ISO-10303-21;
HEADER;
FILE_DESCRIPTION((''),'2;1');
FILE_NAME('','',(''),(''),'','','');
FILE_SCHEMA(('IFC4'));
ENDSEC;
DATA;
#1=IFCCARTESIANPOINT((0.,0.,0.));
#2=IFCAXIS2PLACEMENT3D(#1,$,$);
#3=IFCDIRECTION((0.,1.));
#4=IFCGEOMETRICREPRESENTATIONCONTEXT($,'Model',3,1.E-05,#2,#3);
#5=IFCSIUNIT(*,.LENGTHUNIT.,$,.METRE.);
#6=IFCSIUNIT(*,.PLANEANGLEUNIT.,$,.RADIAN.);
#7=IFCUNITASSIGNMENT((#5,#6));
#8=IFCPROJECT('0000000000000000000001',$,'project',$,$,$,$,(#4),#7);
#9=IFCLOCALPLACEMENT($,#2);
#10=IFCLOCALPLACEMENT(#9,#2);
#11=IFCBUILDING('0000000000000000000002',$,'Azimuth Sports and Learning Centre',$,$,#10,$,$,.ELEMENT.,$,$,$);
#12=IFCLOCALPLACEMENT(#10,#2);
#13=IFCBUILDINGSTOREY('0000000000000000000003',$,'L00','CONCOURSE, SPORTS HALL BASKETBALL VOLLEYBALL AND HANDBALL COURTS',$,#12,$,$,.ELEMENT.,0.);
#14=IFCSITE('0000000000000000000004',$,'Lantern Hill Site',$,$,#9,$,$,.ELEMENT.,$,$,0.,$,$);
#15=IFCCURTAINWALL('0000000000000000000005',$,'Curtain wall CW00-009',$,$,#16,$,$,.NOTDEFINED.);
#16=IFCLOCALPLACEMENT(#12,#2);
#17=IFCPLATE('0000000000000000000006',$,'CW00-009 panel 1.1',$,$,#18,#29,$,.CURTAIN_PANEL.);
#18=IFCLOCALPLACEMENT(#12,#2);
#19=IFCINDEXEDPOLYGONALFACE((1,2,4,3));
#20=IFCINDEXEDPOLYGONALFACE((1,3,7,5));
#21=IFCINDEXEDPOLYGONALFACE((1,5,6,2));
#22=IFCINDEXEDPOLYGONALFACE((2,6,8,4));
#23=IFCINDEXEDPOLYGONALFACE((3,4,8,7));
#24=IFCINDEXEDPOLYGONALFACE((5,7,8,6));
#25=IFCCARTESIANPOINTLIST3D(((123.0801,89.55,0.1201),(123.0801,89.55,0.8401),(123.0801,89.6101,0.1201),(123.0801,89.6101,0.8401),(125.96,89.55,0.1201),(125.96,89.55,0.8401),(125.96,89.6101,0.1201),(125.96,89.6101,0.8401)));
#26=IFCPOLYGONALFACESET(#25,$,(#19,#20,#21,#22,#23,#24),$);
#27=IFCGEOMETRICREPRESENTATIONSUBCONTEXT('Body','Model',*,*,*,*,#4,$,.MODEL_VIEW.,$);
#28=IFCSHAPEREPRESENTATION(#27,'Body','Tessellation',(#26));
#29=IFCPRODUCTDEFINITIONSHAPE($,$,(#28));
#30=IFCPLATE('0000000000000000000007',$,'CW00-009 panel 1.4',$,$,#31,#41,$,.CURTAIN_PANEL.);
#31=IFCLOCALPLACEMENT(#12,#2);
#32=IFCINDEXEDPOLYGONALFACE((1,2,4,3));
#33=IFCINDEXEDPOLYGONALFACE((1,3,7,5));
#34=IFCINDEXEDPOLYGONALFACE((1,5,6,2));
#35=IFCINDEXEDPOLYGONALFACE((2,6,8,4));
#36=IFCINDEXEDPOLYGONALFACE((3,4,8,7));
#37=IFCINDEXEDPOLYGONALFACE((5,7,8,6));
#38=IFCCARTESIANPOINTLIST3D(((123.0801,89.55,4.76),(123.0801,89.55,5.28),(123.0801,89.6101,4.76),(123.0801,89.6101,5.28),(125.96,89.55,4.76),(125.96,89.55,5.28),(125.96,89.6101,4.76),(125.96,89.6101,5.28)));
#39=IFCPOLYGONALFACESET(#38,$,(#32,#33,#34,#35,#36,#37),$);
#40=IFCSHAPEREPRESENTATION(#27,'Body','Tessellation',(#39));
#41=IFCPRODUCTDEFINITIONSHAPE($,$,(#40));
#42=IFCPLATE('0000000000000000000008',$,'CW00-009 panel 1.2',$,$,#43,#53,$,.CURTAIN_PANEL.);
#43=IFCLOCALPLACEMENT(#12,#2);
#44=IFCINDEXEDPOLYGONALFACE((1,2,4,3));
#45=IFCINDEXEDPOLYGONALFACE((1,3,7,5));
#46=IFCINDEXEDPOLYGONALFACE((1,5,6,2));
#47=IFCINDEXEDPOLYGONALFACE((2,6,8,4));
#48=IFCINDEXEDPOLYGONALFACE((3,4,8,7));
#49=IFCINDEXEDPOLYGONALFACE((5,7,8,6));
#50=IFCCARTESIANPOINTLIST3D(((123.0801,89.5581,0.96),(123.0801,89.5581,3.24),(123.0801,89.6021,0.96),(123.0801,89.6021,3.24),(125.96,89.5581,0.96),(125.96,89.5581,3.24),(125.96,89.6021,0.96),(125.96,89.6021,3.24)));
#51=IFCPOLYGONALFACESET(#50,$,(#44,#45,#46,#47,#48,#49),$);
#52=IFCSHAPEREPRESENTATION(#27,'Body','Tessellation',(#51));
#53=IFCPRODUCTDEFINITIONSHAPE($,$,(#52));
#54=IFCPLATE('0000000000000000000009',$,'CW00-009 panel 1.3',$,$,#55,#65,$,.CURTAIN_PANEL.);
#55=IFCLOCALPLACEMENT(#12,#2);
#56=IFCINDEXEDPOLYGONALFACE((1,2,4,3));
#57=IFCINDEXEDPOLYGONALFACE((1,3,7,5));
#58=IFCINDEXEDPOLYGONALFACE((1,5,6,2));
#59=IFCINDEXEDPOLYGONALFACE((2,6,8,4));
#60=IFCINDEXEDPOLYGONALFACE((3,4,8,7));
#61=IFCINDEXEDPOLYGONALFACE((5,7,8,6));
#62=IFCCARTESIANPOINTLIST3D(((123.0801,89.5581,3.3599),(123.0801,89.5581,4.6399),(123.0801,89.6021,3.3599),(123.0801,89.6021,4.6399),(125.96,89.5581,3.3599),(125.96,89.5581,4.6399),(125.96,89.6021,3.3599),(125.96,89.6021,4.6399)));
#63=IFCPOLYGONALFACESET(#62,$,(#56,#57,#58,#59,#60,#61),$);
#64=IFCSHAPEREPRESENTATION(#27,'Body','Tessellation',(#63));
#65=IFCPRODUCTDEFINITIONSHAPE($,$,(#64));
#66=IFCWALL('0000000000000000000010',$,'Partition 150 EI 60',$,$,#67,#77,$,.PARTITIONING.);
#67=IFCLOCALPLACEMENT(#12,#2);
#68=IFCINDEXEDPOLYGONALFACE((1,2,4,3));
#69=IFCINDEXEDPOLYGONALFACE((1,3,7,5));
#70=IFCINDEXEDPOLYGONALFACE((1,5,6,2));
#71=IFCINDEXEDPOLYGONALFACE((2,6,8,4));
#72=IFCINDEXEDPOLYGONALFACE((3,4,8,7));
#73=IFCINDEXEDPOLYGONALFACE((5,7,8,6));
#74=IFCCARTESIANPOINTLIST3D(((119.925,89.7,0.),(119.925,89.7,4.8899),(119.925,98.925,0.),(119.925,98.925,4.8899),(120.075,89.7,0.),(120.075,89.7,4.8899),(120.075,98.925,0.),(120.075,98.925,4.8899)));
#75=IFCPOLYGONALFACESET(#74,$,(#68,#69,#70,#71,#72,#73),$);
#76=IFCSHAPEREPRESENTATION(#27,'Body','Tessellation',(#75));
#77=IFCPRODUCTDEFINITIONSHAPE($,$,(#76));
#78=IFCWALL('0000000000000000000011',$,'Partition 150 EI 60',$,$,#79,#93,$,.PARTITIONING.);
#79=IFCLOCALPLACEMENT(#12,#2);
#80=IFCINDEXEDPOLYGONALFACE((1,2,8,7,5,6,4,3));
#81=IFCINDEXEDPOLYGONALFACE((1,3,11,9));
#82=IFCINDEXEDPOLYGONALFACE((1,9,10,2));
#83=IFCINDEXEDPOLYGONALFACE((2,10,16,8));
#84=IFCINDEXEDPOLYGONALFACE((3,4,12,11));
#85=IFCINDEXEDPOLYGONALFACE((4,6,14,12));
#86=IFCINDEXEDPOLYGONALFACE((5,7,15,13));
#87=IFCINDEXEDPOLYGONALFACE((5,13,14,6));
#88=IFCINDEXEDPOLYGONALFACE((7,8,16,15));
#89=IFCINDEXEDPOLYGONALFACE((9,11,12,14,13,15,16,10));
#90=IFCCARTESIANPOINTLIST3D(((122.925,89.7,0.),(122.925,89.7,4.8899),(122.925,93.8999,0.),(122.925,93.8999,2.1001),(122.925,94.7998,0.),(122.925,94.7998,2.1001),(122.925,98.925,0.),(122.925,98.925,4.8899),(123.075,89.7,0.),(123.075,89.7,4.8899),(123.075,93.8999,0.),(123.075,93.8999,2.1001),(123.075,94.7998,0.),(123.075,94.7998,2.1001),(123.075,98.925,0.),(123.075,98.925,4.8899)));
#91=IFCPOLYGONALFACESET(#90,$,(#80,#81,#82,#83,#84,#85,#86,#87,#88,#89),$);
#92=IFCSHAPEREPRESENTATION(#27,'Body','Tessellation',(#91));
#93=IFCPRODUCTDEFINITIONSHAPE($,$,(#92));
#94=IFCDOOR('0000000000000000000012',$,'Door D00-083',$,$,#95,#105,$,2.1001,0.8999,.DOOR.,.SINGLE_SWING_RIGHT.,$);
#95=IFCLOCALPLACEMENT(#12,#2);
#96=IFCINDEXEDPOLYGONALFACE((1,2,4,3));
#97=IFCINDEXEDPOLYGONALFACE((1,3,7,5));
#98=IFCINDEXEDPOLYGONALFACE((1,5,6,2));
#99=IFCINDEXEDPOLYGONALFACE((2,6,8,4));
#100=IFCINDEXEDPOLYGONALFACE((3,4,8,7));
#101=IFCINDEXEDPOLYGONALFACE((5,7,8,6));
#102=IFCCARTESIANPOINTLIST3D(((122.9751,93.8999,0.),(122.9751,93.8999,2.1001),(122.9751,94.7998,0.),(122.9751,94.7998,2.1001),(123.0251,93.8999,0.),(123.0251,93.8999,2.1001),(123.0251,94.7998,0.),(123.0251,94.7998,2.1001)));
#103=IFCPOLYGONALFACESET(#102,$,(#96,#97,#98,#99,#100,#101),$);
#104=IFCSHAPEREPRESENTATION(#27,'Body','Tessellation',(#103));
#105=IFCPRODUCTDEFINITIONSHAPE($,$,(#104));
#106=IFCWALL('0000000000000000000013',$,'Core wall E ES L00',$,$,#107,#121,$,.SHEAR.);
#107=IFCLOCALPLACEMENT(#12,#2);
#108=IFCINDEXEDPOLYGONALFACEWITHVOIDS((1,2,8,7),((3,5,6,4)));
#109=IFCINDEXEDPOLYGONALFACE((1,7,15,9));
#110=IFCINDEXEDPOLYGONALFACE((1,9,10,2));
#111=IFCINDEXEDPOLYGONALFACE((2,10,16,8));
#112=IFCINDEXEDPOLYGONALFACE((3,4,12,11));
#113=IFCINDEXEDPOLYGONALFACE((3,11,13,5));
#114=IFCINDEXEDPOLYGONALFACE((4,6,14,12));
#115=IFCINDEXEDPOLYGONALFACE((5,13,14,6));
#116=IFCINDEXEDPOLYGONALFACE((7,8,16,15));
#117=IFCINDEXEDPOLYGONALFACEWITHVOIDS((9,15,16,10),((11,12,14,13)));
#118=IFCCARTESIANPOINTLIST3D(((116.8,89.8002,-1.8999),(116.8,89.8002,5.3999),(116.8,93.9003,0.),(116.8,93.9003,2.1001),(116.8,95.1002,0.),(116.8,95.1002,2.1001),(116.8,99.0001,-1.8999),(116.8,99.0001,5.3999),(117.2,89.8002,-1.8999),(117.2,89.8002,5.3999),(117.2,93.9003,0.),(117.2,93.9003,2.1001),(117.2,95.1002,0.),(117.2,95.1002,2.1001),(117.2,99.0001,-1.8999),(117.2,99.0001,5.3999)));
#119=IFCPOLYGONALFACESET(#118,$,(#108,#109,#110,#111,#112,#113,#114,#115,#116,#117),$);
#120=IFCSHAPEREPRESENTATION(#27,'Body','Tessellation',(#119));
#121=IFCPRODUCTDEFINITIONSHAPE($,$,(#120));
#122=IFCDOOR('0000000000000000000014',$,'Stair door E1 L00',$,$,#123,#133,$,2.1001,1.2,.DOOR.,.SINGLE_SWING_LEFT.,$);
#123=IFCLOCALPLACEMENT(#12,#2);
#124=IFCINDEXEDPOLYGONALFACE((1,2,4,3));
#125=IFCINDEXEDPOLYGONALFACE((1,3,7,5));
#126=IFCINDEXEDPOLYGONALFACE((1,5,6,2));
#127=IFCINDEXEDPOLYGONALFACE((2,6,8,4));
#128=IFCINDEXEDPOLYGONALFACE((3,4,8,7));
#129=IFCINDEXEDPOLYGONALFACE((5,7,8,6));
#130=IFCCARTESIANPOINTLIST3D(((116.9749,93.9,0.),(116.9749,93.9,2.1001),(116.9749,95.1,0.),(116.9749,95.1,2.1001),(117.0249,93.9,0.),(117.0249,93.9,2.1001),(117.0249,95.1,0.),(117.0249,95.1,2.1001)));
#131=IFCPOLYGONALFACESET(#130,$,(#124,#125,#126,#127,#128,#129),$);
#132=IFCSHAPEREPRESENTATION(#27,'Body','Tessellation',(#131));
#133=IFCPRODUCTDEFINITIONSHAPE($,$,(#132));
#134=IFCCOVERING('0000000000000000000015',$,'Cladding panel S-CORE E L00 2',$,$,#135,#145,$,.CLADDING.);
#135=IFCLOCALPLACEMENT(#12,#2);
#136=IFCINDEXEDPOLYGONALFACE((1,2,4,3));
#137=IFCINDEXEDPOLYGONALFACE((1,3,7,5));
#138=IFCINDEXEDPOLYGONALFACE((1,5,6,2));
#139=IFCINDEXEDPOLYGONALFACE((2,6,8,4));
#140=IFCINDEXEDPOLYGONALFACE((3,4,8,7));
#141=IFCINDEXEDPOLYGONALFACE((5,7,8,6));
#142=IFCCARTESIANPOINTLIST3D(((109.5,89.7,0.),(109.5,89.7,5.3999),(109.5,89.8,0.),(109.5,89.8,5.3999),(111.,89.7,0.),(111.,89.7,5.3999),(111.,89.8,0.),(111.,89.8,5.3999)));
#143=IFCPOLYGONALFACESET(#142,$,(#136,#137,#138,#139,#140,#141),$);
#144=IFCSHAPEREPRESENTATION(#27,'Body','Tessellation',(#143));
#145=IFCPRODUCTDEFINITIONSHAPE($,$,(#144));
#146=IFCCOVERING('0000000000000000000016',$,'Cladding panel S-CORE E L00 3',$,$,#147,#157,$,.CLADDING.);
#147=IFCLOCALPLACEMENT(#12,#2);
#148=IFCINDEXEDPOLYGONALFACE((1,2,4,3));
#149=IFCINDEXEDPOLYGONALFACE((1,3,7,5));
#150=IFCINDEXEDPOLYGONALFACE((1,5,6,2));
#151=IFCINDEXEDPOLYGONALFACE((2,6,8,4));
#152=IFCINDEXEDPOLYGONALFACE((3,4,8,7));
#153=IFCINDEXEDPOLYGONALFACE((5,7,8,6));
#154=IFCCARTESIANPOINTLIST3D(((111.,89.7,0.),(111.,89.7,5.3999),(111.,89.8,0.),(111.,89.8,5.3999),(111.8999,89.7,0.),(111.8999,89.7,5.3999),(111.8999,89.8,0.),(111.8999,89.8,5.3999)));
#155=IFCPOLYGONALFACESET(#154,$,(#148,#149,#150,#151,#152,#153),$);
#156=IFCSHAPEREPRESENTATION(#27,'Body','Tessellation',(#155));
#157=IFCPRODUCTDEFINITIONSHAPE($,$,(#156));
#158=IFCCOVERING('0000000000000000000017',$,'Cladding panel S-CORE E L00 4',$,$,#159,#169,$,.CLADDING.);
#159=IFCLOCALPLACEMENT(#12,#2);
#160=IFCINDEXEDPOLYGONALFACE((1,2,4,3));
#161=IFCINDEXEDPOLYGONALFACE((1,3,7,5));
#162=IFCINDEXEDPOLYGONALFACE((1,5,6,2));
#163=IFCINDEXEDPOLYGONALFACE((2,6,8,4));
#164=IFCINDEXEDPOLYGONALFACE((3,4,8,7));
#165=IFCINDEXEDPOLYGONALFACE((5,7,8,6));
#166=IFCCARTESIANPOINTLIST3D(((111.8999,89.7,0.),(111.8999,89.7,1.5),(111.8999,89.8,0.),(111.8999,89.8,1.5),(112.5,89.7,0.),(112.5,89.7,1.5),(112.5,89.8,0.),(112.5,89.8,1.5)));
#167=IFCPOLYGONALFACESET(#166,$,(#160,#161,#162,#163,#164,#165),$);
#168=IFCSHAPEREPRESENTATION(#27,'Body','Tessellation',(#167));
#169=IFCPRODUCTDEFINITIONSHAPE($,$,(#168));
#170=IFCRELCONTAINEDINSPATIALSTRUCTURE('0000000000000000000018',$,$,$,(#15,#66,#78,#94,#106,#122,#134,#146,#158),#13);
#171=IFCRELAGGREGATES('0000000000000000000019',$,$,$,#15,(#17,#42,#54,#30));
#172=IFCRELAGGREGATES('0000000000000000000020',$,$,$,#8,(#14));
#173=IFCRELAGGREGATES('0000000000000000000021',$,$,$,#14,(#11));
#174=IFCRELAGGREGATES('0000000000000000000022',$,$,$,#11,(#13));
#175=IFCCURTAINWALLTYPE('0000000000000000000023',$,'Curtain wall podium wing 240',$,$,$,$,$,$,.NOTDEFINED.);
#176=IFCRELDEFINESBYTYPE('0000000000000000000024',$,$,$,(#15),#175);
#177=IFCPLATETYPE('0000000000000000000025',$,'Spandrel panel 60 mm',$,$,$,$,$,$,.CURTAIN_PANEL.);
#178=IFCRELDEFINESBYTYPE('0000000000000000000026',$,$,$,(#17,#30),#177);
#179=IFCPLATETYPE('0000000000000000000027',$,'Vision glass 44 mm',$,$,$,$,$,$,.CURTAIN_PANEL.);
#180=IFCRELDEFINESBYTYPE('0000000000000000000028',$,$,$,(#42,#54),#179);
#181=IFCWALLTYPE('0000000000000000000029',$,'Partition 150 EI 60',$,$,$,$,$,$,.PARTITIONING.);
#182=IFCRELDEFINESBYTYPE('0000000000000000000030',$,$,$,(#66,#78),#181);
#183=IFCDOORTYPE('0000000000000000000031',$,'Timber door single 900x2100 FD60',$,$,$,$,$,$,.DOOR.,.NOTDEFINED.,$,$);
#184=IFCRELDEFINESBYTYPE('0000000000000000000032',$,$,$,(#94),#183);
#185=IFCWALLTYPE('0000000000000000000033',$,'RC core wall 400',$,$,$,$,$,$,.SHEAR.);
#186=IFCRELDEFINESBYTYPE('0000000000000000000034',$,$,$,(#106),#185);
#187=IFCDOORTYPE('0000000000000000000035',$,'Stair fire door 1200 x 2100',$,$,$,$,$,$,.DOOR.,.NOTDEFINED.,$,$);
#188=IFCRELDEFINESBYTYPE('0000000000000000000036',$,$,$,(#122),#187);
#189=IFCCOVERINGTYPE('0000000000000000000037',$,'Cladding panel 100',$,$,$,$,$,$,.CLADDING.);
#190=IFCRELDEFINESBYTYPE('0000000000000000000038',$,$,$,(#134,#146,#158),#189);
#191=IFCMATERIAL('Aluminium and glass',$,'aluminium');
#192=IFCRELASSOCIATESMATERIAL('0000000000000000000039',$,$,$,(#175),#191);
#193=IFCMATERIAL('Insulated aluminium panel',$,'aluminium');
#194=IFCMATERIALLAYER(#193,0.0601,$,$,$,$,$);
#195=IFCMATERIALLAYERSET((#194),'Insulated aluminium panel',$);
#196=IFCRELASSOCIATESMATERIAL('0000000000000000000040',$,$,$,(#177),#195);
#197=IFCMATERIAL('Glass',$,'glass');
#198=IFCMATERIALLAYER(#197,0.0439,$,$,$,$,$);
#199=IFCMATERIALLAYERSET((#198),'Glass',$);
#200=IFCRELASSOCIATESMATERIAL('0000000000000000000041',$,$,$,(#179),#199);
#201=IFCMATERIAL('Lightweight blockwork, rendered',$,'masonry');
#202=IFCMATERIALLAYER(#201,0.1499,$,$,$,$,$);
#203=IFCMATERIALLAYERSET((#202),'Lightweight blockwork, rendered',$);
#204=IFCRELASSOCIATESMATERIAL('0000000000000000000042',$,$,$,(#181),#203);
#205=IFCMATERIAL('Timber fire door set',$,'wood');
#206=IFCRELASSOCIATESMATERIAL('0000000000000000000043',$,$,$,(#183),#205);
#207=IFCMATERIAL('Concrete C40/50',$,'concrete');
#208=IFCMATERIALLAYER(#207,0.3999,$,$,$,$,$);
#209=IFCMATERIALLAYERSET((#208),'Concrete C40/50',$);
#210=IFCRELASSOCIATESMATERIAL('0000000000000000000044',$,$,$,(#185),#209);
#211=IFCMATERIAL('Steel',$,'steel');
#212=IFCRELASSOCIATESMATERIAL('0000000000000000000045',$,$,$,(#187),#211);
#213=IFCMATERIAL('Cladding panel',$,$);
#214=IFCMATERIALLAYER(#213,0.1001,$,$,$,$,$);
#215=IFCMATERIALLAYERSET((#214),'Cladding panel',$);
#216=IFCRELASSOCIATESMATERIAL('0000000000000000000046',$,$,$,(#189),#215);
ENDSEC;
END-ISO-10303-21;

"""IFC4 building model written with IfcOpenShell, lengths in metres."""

from ifc_helpers import new_model, si_unit, direction, frame, frame_2d, origin, origin_2d, place, context, subcontext, project, spatial, rectangle, extrude, material, layer, layer_set, type_object, element, fill, aggregate, save


model = new_model("IFC4")

# Units and contexts
model_context = context("Model", 3, precision=1e-05, world=origin(), true_north=direction((0.0, 1.0)))
body_context = subcontext(model_context, "Body", "Model", "MODEL_VIEW")
ifc_project = project(units=[si_unit("LENGTHUNIT", "METRE"), si_unit("PLANEANGLEUNIT", "RADIAN")], contexts=[model_context])

# Site, building, storey
site_placement = place(None, origin())
site = spatial("IfcSite", under=ifc_project, at=site_placement, Name="Lantern Hill Site", CompositionType="ELEMENT", RefElevation=0.0)
building_placement = place(site_placement, origin())
building = spatial("IfcBuilding", under=site, at=building_placement, Name="Azimuth Sports and Learning Centre", CompositionType="ELEMENT")
storey_placement = place(building_placement, origin())
storey = spatial("IfcBuildingStorey", under=building, at=storey_placement, Name="L00", Description="CONCOURSE, SPORTS HALL BASKETBALL VOLLEYBALL AND HANDBALL COURTS", CompositionType="ELEMENT", Elevation=0.0)

# Curtain wall, plates
ifc_material_1 = material(Name="Aluminium and glass", Category="aluminium")
curtain_wall_type = type_object("IfcCurtainWallType", Name="Curtain wall podium wing 240", PredefinedType="NOTDEFINED", material=ifc_material_1)
curtain_wall_placement = place(storey_placement, origin())
curtain_wall = element("IfcCurtainWall", 1, at=curtain_wall_placement, inside=storey, type_object=curtain_wall_type, Name="Curtain wall CW00-009", PredefinedType="NOTDEFINED")
ifc_material_2 = material(Name="Insulated aluminium panel", Category="aluminium")
ifc_layer_1 = layer(ifc_material_2, 0.0601)
ifc_layer_set_1 = layer_set([ifc_layer_1], Name="Insulated aluminium panel")
plate_type_1 = type_object("IfcPlateType", Name="Spandrel panel 60 mm", PredefinedType="CURTAIN_PANEL", material=ifc_layer_set_1)
plate_1_placement = place(storey_placement, frame((124.52, 89.5801, 0.1201), z_axis=(0.0, 0.0, 1.0), x_axis=(1.0, 0.0, 0.0)))
plate_1 = element("IfcPlate", 2, at=plate_1_placement, type_object=plate_type_1, Name="CW00-009 panel 1.1", PredefinedType="CURTAIN_PANEL", context=body_context, shape_type="SweptSolid", body=[
    extrude(rectangle(XDim=2.8799, YDim=0.0601, at=origin_2d()), origin(), (0.0, 0.0, 1.0), 0.72),
])
plate_2_placement = place(storey_placement, frame((124.52, 89.5801, 4.76), z_axis=(0.0, 0.0, 1.0), x_axis=(1.0, 0.0, 0.0)))
plate_2 = element("IfcPlate", 3, at=plate_2_placement, type_object=plate_type_1, Name="CW00-009 panel 1.4", PredefinedType="CURTAIN_PANEL", context=body_context, shape_type="SweptSolid", body=[
    extrude(rectangle(XDim=2.8799, YDim=0.0601, at=origin_2d()), origin(), (0.0, 0.0, 1.0), 0.52),
])
ifc_material_3 = material(Name="Glass", Category="glass")
ifc_layer_2 = layer(ifc_material_3, 0.0439)
ifc_layer_set_2 = layer_set([ifc_layer_2], Name="Glass")
plate_type_2 = type_object("IfcPlateType", Name="Vision glass 44 mm", PredefinedType="CURTAIN_PANEL", material=ifc_layer_set_2)
plate_3_placement = place(storey_placement, frame((124.52, 89.5801, 0.96), z_axis=(0.0, 0.0, 1.0), x_axis=(1.0, 0.0, 0.0)))
plate_3 = element("IfcPlate", 4, at=plate_3_placement, type_object=plate_type_2, Name="CW00-009 panel 1.2", PredefinedType="CURTAIN_PANEL", context=body_context, shape_type="SweptSolid", body=[
    extrude(rectangle(XDim=2.8799, YDim=0.0439, at=origin_2d()), origin(), (0.0, 0.0, 1.0), 2.28),
])
plate_4_placement = place(storey_placement, frame((124.52, 89.5801, 3.3599), z_axis=(0.0, 0.0, 1.0), x_axis=(1.0, 0.0, 0.0)))
plate_4 = element("IfcPlate", 5, at=plate_4_placement, type_object=plate_type_2, Name="CW00-009 panel 1.3", PredefinedType="CURTAIN_PANEL", context=body_context, shape_type="SweptSolid", body=[
    extrude(rectangle(XDim=2.8799, YDim=0.0439, at=origin_2d()), origin(), (0.0, 0.0, 1.0), 1.28),
])
aggregate(curtain_wall, [plate_1, plate_3, plate_4, plate_2])

# Wall
ifc_material_4 = material(Name="Lightweight blockwork, rendered", Category="masonry")
ifc_layer_3 = layer(ifc_material_4, 0.1499)
ifc_layer_set_3 = layer_set([ifc_layer_3], Name="Lightweight blockwork, rendered")
wall_type_1 = type_object("IfcWallType", Name="Partition 150 EI 60", PredefinedType="PARTITIONING", material=ifc_layer_set_3)
wall_1_placement = place(storey_placement, frame((120.0, 89.7, 0.0), z_axis=(0.0, 0.0, 1.0), x_axis=(0.0, 1.0, 0.0)))
element("IfcWall", 6, at=wall_1_placement, inside=storey, type_object=wall_type_1, Name="Partition 150 EI 60", PredefinedType="PARTITIONING", context=body_context, shape_type="SweptSolid", body=[
    extrude(rectangle(XDim=9.2251, YDim=0.1499, at=frame_2d((4.6125, 0.0))), origin(), (0.0, 0.0, 1.0), 4.8899),
])

# Walls, openings, doors
wall_2_placement = place(storey_placement, frame((123.0, 89.7, 0.0), z_axis=(0.0, 0.0, 1.0), x_axis=(0.0, 1.0, 0.0)))
wall_2 = element("IfcWall", 7, at=wall_2_placement, inside=storey, type_object=wall_type_1, Name="Partition 150 EI 60", PredefinedType="PARTITIONING", context=body_context, shape_type="SweptSolid", body=[
    extrude(rectangle(XDim=9.2251, YDim=0.1499, at=frame_2d((4.6125, 0.0))), origin(), (0.0, 0.0, 1.0), 4.8899),
])
opening_1_placement = place(wall_2_placement, frame((4.2, 0.0, 0.0)))
opening_1 = element("IfcOpeningElement", 8, at=opening_1_placement, cuts=wall_2, PredefinedType="OPENING", context=body_context, shape_type="SweptSolid", body=[
    extrude(rectangle(XDim=0.8999, YDim=2.1001, at=frame_2d((0.45, 1.05))), frame((0.0, 0.0859, 0.0), z_axis=(0.0, -1.0, 0.0), x_axis=(1.0, 0.0, 0.0)), (0.0, 0.0, 1.0), 0.1719),
])
ifc_material_5 = material(Name="Timber fire door set", Category="wood")
door_type_1 = type_object("IfcDoorType", Name="Timber door single 900x2100 FD60", OperationType="NOTDEFINED", PredefinedType="DOOR", material=ifc_material_5)
door_1_placement = place(opening_1_placement, origin())
door_1 = element("IfcDoor", 9, at=door_1_placement, inside=storey, type_object=door_type_1, Name="Door D00-083", OperationType="SINGLE_SWING_RIGHT", OverallHeight=2.1001, OverallWidth=0.8999, PredefinedType="DOOR", context=body_context, shape_type="SweptSolid", body=[
    extrude(rectangle(XDim=0.8999, YDim=2.1001, at=frame_2d((0.45, 1.05))), frame((0.0, 0.0249, 0.0), z_axis=(0.0, -1.0, 0.0), x_axis=(1.0, 0.0, 0.0)), (0.0, 0.0, 1.0), 0.05),
])
fill(opening_1, door_1)
ifc_material_6 = material(Name="Concrete C40/50", Category="concrete")
ifc_layer_4 = layer(ifc_material_6, 0.3999)
ifc_layer_set_4 = layer_set([ifc_layer_4], Name="Concrete C40/50")
wall_type_2 = type_object("IfcWallType", Name="RC core wall 400", PredefinedType="SHEAR", material=ifc_layer_set_4)
wall_3_placement = place(storey_placement, frame((117.0, 89.8, -1.8999), z_axis=(0.0, 0.0, 1.0), x_axis=(0.0, 1.0, 0.0)))
wall_3 = element("IfcWall", 10, at=wall_3_placement, inside=storey, type_object=wall_type_2, Name="Core wall E ES L00", PredefinedType="SHEAR", context=body_context, shape_type="SweptSolid", body=[
    extrude(rectangle(XDim=9.2, YDim=0.3999, at=frame_2d((4.6001, 0.0))), origin(), (0.0, 0.0, 1.0), 7.2998),
])
opening_2_placement = place(wall_3_placement, frame((4.1001, 0.0, 1.8999)))
opening_2 = element("IfcOpeningElement", 11, at=opening_2_placement, cuts=wall_3, PredefinedType="OPENING", context=body_context, shape_type="SweptSolid", body=[
    extrude(rectangle(XDim=1.2, YDim=2.1001, at=frame_2d((0.6001, 1.05))), frame((0.0, 0.2109, 0.0), z_axis=(0.0, -1.0, 0.0), x_axis=(1.0, 0.0, 0.0)), (0.0, 0.0, 1.0), 0.4219),
])
ifc_material_7 = material(Name="Steel", Category="steel")
door_type_2 = type_object("IfcDoorType", Name="Stair fire door 1200 x 2100", OperationType="NOTDEFINED", PredefinedType="DOOR", material=ifc_material_7)
door_2_placement = place(opening_2_placement, frame((1.2, 0.0, 0.0), z_axis=(0.0, 0.0, 1.0), x_axis=(-1.0, 0.0, 0.0)))
door_2 = element("IfcDoor", 12, at=door_2_placement, inside=storey, type_object=door_type_2, Name="Stair door E1 L00", OperationType="SINGLE_SWING_LEFT", OverallHeight=2.1001, OverallWidth=1.2, PredefinedType="DOOR", context=body_context, shape_type="SweptSolid", body=[
    extrude(rectangle(XDim=1.2, YDim=2.1001, at=frame_2d((0.6001, 1.05))), frame((0.0, 0.0249, 0.0), z_axis=(0.0, -1.0, 0.0), x_axis=(1.0, 0.0, 0.0)), (0.0, 0.0, 1.0), 0.05),
])
fill(opening_2, door_2)

# Coverings
ifc_material_8 = material(Name="Cladding panel")
ifc_layer_5 = layer(ifc_material_8, 0.1001)
ifc_layer_set_5 = layer_set([ifc_layer_5], Name="Cladding panel")
covering_type = type_object("IfcCoveringType", Name="Cladding panel 100", PredefinedType="CLADDING", material=ifc_layer_set_5)
covering_1_placement = place(storey_placement, frame((110.25, 89.75, 0.0), z_axis=(0.0, 0.0, 1.0), x_axis=(1.0, 0.0, 0.0)))
element("IfcCovering", 13, at=covering_1_placement, inside=storey, type_object=covering_type, Name="Cladding panel S-CORE E L00 2", PredefinedType="CLADDING", context=body_context, shape_type="SweptSolid", body=[
    extrude(rectangle(XDim=1.5, YDim=0.1001, at=origin_2d()), origin(), (0.0, 0.0, 1.0), 5.3999),
])
covering_2_placement = place(storey_placement, frame((111.45, 89.75, 0.0), z_axis=(0.0, 0.0, 1.0), x_axis=(1.0, 0.0, 0.0)))
element("IfcCovering", 14, at=covering_2_placement, inside=storey, type_object=covering_type, Name="Cladding panel S-CORE E L00 3", PredefinedType="CLADDING", context=body_context, shape_type="SweptSolid", body=[
    extrude(rectangle(XDim=0.8999, YDim=0.1001, at=origin_2d()), origin(), (0.0, 0.0, 1.0), 5.3999),
])
covering_3_placement = place(storey_placement, frame((112.2, 89.75, 0.0), z_axis=(0.0, 0.0, 1.0), x_axis=(1.0, 0.0, 0.0)))
element("IfcCovering", 15, at=covering_3_placement, inside=storey, type_object=covering_type, Name="Cladding panel S-CORE E L00 4", PredefinedType="CLADDING", context=body_context, shape_type="SweptSolid", body=[
    extrude(rectangle(XDim=0.6001, YDim=0.1001, at=origin_2d()), origin(), (0.0, 0.0, 1.0), 1.5),
])

save(model, "model.ifc")
